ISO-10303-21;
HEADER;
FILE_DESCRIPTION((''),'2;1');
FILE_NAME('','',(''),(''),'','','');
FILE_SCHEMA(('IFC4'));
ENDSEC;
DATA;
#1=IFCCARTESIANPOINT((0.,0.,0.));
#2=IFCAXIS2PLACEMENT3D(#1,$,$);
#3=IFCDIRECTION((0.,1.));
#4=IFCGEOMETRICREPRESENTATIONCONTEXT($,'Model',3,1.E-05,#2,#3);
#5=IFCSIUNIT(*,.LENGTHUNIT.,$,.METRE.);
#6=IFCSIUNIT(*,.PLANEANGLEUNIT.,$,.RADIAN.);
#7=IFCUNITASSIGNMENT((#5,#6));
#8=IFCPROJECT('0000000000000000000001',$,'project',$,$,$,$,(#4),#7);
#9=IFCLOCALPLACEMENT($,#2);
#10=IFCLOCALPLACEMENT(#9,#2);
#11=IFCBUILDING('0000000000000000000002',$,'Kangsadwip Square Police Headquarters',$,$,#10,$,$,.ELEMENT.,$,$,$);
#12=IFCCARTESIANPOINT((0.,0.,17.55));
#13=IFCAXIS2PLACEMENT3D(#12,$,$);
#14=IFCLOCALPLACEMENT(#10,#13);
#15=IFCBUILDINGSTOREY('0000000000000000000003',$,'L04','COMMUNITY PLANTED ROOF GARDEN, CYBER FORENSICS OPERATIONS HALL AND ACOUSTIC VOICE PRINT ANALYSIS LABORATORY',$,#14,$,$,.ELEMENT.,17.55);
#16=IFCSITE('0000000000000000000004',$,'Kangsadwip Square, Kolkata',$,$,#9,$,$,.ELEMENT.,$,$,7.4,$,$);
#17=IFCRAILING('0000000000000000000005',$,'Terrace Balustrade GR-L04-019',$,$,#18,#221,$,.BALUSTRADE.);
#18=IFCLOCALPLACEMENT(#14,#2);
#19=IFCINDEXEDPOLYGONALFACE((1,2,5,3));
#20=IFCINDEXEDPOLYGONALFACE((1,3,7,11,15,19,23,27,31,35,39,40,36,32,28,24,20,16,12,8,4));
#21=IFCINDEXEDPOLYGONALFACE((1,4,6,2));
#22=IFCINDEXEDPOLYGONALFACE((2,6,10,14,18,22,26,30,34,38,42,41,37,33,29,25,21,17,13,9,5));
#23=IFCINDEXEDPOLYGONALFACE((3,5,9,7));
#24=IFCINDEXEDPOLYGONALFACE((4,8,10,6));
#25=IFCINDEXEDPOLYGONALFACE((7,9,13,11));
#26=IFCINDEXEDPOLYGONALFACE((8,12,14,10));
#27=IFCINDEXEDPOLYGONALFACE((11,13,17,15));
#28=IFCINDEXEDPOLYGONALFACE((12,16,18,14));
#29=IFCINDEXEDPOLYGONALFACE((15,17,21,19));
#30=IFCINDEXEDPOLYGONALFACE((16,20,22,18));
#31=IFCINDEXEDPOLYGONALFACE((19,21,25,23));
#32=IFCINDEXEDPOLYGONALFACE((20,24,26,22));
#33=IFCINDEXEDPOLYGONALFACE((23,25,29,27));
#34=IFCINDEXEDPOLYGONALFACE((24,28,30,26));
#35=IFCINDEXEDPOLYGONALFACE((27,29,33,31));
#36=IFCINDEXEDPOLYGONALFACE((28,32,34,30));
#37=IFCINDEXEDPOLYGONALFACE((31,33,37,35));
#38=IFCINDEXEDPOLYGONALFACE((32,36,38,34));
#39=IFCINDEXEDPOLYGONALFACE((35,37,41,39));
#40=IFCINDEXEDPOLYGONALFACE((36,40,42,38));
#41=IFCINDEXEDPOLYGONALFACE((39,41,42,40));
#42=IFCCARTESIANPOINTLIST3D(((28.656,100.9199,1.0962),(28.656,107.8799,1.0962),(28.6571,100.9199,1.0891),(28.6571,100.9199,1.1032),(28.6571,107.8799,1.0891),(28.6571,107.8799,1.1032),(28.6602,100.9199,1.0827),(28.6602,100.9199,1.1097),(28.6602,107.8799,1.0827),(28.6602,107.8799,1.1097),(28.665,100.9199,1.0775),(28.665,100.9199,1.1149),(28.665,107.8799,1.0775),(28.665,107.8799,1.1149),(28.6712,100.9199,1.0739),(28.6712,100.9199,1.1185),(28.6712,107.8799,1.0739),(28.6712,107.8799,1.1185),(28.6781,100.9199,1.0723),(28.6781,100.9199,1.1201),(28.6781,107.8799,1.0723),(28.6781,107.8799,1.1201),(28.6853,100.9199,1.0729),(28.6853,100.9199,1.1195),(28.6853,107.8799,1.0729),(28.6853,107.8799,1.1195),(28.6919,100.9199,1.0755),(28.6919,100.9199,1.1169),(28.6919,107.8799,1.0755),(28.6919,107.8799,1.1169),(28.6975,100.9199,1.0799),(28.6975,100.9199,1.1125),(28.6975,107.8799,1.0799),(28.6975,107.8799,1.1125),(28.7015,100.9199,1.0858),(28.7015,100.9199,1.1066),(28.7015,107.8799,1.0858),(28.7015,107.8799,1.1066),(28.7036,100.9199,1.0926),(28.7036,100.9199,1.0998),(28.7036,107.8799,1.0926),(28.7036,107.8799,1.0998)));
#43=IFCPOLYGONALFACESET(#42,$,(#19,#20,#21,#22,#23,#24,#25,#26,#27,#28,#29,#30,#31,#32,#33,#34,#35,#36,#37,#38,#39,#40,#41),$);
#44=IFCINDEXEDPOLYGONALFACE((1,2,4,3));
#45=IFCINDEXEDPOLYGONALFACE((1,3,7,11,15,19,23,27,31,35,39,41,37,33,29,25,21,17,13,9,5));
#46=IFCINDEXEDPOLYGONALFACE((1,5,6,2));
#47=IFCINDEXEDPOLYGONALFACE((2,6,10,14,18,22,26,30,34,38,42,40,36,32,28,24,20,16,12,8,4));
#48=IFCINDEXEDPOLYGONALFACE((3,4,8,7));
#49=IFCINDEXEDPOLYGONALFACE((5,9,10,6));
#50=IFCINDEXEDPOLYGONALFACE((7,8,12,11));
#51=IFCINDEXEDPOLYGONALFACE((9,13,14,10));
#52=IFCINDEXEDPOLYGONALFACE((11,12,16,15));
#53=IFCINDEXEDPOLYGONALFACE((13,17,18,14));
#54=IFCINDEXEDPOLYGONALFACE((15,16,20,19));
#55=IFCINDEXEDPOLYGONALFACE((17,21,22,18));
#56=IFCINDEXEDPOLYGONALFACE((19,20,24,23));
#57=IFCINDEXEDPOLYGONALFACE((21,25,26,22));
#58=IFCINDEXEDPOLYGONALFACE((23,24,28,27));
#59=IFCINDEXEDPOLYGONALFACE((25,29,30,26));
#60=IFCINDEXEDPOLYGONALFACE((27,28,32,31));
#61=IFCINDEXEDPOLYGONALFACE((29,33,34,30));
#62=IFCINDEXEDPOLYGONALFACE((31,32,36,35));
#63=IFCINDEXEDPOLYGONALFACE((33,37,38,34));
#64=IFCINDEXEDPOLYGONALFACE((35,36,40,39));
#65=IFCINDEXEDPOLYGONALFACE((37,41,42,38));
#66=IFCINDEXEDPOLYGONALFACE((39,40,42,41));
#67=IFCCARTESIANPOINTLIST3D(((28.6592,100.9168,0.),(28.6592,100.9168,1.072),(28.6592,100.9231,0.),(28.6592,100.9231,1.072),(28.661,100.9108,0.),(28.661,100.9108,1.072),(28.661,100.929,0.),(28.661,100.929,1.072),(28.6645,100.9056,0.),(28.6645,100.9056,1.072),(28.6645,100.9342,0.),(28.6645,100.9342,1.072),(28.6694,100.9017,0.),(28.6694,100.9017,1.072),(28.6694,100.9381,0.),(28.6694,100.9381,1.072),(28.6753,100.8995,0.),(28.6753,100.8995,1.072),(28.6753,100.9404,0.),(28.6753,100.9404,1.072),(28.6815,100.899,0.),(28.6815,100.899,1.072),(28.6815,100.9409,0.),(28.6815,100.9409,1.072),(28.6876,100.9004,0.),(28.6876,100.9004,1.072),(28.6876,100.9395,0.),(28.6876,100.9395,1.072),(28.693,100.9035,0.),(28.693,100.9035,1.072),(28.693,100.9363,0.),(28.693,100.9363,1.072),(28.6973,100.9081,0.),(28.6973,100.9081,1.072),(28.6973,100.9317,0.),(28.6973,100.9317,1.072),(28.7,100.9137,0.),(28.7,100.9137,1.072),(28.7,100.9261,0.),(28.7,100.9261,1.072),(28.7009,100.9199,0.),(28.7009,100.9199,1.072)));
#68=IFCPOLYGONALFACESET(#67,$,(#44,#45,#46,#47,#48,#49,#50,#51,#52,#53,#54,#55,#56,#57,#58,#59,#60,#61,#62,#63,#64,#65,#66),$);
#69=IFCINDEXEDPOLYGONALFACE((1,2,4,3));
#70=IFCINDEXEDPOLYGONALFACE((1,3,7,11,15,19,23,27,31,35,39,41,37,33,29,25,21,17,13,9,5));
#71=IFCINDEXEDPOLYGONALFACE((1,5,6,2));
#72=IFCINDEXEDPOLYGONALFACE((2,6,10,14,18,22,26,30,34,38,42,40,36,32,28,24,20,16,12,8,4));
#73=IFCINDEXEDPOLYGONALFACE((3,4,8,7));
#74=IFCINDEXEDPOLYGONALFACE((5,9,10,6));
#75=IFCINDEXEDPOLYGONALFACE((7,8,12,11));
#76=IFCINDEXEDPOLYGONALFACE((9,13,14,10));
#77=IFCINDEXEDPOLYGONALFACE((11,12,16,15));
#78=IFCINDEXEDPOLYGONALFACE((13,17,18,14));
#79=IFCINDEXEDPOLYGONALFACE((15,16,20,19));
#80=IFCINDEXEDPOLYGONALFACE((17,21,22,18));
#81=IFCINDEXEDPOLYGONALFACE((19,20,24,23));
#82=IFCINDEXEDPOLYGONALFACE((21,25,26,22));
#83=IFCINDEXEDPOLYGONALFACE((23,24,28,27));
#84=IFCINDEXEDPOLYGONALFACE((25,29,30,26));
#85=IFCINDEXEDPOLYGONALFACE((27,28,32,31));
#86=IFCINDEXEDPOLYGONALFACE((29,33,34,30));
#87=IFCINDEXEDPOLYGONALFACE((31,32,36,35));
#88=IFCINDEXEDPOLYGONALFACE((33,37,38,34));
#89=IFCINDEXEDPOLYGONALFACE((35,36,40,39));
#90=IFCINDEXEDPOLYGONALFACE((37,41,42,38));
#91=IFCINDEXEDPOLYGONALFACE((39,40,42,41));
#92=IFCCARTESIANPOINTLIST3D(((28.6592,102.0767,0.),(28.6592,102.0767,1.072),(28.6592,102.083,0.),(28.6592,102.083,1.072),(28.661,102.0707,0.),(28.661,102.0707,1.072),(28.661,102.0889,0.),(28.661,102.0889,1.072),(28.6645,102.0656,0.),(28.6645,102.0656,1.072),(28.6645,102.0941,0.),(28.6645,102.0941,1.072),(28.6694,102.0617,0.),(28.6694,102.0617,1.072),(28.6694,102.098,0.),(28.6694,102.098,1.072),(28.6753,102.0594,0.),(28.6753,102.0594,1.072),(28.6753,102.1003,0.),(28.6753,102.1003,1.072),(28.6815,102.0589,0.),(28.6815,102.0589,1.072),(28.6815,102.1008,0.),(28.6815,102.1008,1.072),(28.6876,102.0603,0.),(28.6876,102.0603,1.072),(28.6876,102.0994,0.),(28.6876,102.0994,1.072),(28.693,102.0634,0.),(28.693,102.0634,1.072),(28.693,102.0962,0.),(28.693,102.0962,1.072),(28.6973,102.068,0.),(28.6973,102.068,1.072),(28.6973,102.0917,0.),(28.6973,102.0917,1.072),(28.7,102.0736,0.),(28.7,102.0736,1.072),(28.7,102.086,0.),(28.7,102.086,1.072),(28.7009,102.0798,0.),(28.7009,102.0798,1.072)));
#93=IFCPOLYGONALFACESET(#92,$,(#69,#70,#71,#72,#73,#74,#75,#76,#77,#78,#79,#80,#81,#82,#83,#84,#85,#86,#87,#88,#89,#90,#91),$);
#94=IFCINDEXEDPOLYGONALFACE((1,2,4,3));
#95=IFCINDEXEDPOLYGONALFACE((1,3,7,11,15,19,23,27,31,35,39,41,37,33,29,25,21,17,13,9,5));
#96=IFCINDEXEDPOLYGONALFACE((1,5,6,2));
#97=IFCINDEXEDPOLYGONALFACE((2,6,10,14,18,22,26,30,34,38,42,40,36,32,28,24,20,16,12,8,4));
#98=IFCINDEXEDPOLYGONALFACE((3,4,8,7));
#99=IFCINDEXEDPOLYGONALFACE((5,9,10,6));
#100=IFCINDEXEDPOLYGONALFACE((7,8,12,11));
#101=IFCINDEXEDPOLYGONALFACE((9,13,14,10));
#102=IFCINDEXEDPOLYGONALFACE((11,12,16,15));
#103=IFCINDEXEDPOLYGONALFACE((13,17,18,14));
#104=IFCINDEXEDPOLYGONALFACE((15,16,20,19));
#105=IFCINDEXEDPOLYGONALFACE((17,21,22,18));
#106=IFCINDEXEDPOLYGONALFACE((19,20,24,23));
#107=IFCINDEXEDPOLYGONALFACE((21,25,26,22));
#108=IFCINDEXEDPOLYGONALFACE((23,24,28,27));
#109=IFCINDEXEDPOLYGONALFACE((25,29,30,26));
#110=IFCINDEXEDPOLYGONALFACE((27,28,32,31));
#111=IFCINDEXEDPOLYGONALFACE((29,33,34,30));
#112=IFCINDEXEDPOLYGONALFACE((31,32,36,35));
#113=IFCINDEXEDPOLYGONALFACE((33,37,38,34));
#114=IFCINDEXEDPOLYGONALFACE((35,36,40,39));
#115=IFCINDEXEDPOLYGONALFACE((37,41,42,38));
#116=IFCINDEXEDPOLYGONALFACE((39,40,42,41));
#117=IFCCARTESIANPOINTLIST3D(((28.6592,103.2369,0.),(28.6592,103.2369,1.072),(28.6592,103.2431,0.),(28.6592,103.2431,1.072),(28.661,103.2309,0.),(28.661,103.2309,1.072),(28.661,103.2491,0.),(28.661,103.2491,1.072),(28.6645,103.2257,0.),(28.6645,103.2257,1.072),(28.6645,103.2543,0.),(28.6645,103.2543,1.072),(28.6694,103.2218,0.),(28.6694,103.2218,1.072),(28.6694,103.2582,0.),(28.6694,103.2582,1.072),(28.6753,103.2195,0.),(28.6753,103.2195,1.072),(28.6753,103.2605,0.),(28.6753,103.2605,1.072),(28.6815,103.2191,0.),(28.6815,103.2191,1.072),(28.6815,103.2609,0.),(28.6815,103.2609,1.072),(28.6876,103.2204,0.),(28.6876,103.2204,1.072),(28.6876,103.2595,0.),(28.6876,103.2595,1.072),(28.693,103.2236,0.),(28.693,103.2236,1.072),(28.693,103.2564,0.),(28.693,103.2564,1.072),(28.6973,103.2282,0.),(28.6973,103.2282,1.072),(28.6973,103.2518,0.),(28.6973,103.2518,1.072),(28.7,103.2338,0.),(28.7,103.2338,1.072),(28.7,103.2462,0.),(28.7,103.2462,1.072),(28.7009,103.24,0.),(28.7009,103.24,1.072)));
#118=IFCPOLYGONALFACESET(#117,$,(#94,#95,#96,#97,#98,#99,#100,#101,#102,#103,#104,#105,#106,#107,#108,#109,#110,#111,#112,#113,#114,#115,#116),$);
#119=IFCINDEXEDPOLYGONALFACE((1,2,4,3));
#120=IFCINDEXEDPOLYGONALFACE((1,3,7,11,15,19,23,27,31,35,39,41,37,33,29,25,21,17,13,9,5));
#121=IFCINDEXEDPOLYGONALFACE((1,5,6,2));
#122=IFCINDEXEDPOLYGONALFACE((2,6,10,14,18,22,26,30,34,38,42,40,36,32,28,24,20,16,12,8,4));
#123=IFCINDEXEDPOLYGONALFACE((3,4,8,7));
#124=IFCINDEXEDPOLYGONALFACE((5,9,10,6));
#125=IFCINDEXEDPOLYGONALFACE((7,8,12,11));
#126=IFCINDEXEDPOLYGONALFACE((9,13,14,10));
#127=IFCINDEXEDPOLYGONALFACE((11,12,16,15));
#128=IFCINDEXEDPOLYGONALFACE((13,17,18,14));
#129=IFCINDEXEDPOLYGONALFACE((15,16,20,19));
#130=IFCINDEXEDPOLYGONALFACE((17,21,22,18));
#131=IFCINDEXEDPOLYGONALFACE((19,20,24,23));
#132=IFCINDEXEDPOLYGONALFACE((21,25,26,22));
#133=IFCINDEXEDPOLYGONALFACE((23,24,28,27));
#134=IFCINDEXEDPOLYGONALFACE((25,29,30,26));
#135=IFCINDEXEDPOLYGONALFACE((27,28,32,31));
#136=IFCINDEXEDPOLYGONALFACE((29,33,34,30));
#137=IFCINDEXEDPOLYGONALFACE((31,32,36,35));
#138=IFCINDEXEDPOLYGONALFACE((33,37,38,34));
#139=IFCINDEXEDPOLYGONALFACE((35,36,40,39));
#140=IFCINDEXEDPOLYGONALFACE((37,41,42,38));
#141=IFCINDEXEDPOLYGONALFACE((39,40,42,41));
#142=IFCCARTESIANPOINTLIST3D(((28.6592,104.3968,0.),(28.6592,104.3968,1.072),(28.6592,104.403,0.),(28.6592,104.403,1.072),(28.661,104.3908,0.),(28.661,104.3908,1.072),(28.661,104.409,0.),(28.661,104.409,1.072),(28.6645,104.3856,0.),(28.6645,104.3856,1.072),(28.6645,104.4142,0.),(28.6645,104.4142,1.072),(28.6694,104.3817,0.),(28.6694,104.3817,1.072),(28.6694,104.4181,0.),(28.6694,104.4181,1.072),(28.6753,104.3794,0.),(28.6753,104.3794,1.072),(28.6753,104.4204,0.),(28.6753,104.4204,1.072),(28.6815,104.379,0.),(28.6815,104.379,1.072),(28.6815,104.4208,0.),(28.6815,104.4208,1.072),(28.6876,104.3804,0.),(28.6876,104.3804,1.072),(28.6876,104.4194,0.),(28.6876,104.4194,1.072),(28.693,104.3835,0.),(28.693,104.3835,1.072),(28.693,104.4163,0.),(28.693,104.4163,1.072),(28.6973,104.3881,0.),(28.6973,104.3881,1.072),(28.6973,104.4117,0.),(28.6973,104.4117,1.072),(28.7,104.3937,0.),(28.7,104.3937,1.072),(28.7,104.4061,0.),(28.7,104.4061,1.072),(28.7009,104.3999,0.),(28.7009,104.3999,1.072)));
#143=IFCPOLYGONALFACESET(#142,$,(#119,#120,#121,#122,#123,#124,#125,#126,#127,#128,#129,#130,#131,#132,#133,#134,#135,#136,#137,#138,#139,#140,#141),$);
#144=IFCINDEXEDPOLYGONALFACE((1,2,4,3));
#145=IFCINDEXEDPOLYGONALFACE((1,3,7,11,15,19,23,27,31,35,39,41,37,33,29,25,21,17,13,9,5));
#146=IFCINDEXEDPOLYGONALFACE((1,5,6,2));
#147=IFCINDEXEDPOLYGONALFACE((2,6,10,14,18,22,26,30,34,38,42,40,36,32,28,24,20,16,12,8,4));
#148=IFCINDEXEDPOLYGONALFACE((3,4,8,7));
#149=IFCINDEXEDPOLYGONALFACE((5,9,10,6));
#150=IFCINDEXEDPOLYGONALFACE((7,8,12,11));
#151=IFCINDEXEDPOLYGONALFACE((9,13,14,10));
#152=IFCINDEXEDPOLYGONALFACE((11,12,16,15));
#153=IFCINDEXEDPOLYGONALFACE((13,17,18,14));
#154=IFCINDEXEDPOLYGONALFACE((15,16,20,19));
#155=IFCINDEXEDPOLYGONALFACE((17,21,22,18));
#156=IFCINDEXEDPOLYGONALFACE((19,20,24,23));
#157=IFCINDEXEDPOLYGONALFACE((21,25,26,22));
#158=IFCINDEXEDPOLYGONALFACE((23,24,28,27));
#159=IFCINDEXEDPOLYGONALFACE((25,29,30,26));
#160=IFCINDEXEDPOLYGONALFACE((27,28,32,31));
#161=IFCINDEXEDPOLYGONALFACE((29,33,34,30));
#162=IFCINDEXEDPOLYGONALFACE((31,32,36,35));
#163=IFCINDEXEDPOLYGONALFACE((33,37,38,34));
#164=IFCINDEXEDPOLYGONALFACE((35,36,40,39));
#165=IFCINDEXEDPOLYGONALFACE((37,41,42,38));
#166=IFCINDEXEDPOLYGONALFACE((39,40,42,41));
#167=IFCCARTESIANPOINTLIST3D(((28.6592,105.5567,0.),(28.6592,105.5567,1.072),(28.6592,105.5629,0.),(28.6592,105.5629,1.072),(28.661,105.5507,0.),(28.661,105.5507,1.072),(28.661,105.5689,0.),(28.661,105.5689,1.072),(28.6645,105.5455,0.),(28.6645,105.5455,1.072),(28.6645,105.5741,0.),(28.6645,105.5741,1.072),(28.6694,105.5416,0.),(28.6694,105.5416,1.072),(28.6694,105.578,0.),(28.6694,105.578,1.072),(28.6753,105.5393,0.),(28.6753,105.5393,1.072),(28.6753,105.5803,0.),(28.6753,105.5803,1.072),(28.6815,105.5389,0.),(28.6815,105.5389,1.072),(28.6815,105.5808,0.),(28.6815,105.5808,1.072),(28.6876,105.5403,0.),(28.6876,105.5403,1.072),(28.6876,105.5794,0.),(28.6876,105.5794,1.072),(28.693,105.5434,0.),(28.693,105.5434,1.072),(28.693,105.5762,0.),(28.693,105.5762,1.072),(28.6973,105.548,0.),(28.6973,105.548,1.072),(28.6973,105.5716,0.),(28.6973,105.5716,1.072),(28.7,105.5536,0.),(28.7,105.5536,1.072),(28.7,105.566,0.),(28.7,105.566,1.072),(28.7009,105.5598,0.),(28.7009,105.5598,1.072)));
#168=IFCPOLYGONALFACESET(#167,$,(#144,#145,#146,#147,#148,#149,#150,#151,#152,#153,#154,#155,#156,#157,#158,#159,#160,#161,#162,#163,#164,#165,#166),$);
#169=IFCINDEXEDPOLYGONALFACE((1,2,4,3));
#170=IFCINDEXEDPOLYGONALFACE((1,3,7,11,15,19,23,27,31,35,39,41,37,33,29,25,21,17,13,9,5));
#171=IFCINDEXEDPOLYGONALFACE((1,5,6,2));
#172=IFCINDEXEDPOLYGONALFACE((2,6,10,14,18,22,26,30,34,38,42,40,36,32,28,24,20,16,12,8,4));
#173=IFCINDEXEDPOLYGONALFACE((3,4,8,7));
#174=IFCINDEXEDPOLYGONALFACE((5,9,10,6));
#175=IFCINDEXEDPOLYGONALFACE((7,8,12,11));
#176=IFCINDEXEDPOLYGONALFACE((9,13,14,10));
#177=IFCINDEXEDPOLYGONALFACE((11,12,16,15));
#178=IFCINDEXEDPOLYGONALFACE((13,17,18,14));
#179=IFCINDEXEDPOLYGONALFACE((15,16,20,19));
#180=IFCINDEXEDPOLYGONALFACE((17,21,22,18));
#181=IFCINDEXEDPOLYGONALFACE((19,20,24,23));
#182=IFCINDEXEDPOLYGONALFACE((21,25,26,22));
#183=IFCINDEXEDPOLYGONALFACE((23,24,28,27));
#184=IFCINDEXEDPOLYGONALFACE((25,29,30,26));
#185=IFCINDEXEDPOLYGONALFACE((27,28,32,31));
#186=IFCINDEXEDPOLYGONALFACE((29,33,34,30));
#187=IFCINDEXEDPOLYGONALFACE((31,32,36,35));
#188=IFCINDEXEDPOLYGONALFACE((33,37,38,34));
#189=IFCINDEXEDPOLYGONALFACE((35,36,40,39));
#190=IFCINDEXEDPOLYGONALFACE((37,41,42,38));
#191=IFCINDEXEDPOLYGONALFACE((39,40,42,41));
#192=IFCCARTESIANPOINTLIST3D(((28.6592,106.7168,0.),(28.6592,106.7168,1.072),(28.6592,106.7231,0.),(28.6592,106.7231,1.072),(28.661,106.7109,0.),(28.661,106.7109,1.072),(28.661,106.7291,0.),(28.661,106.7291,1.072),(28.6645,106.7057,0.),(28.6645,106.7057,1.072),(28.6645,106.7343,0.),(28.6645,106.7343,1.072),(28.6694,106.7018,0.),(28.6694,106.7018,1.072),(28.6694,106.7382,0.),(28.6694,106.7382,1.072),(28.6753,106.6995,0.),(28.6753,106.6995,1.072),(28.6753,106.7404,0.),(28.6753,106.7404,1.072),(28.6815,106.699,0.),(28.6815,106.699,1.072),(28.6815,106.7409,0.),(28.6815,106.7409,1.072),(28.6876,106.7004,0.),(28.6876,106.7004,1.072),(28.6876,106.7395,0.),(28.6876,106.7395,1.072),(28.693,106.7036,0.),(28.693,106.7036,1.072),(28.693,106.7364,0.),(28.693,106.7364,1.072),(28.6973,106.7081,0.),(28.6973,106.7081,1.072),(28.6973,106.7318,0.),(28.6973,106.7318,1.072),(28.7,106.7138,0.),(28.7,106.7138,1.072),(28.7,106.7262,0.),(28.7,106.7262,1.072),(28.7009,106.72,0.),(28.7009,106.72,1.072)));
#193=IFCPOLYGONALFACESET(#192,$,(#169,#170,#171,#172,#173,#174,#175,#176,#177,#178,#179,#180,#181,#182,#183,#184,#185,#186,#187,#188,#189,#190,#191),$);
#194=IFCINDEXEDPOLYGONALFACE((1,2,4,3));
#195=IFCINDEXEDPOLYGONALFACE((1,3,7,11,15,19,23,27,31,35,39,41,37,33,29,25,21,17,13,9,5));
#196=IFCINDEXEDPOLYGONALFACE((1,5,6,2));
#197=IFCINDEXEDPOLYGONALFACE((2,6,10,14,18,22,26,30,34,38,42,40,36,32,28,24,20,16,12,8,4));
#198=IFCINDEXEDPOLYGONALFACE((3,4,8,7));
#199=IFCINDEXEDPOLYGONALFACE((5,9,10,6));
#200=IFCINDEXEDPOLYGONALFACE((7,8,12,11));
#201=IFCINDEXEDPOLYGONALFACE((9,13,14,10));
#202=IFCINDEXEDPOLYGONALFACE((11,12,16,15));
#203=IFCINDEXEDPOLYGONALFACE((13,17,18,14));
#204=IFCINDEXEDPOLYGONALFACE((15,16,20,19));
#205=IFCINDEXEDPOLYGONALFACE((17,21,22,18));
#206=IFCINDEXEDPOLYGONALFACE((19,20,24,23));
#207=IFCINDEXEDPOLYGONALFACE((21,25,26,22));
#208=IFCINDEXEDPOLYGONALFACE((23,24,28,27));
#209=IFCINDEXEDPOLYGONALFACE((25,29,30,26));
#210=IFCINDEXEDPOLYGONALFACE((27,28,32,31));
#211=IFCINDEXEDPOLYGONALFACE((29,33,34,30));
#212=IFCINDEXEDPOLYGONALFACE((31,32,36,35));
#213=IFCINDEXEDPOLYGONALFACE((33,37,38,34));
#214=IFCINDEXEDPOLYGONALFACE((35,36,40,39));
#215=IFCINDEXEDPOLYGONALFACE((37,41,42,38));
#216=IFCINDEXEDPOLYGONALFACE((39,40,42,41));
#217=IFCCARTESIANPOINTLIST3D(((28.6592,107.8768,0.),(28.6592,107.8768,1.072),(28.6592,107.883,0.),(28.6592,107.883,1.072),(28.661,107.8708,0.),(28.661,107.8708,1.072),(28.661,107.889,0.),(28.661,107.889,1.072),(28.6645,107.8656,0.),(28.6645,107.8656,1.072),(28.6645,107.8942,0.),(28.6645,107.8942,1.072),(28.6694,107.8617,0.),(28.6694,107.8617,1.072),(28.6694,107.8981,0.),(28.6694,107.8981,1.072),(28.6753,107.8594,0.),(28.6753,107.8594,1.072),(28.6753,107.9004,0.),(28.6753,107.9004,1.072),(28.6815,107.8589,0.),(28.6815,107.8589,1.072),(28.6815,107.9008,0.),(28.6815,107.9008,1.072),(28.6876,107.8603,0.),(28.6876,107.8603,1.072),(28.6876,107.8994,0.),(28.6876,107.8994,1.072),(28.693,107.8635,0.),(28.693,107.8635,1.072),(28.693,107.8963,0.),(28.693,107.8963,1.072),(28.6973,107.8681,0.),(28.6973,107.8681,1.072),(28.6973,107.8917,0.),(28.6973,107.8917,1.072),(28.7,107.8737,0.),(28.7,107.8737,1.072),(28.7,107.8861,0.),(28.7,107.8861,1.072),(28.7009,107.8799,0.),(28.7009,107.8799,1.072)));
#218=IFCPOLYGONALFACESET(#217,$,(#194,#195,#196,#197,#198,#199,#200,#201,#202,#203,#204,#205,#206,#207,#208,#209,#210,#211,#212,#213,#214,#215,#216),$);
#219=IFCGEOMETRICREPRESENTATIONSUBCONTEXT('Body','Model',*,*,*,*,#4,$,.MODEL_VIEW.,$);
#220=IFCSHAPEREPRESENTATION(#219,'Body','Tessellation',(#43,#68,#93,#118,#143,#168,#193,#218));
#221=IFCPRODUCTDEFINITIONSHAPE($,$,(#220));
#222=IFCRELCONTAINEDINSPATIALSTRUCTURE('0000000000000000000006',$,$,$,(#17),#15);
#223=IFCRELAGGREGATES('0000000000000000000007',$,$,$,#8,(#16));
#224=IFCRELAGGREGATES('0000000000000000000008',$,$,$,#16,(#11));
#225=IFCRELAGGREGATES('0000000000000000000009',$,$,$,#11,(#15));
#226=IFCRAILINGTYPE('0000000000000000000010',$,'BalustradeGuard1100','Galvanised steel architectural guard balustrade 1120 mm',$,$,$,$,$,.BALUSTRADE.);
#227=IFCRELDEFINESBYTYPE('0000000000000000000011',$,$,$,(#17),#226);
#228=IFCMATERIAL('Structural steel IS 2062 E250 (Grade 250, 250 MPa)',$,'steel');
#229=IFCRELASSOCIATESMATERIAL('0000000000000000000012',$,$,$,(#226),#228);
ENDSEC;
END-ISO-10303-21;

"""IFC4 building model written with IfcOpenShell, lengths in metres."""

from ifc_helpers import new_model, si_unit, direction, frame, origin, origin_2d, place, context, subcontext, project, spatial, circle, extrude, material, type_object, element, save


model = new_model("IFC4")

# Units and contexts
model_context = context("Model", 3, precision=1e-05, world=origin(), true_north=direction((0.0, 1.0)))
body_context = subcontext(model_context, "Body", "Model", "MODEL_VIEW")
ifc_project = project(units=[si_unit("LENGTHUNIT", "METRE"), si_unit("PLANEANGLEUNIT", "RADIAN")], contexts=[model_context])

# Site, building, storey
site_placement = place(None, origin())
site = spatial("IfcSite", under=ifc_project, at=site_placement, Name="Kangsadwip Square, Kolkata", CompositionType="ELEMENT", RefElevation=7.4)
building_placement = place(site_placement, origin())
building = spatial("IfcBuilding", under=site, at=building_placement, Name="Kangsadwip Square Police Headquarters", CompositionType="ELEMENT")
storey_placement = place(building_placement, frame((0.0, 0.0, 17.55)))
storey = spatial("IfcBuildingStorey", under=building, at=storey_placement, Name="L04", Description="COMMUNITY PLANTED ROOF GARDEN, CYBER FORENSICS OPERATIONS HALL AND ACOUSTIC VOICE PRINT ANALYSIS LABORATORY", CompositionType="ELEMENT", Elevation=17.55)

# Railing
ifc_material_1 = material(Name="Structural steel IS 2062 E250 (Grade 250, 250 MPa)", Category="steel")
railing_type = type_object("IfcRailingType", Name="BalustradeGuard1100", Description="Galvanised steel architectural guard balustrade 1120 mm", PredefinedType="BALUSTRADE", material=ifc_material_1)
for number, where, name in (
    (1, (28.6799, 100.9199, 0.0), "Terrace Balustrade GR-L04-019"),
):
    element("IfcRailing", number, at=place(storey_placement, frame(where)), inside=storey, type_object=railing_type, Name=name, PredefinedType="BALUSTRADE", context=body_context, shape_type="SweptSolid", body=[
        extrude(circle(Radius=0.0239, at=origin_2d()), frame((0.0, 0.0, 1.0962), z_axis=(0.0, 1.0, 0.0), x_axis=(-1.0, 0.0, 0.0)), (0.0, 0.0, 1.0), 6.96),
        extrude(circle(Radius=0.021, at=origin_2d()), origin(), (0.0, 0.0, 1.0), 1.072),
        extrude(circle(Radius=0.021, at=origin_2d()), frame((0.0, 1.1599, 0.0)), (0.0, 0.0, 1.0), 1.072),
        extrude(circle(Radius=0.021, at=origin_2d()), frame((0.0, 2.3201, 0.0)), (0.0, 0.0, 1.0), 1.072),
        extrude(circle(Radius=0.021, at=origin_2d()), frame((0.0, 3.48, 0.0)), (0.0, 0.0, 1.0), 1.072),
        extrude(circle(Radius=0.021, at=origin_2d()), frame((0.0, 4.6399, 0.0)), (0.0, 0.0, 1.0), 1.072),
        extrude(circle(Radius=0.021, at=origin_2d()), frame((0.0, 5.8, 0.0)), (0.0, 0.0, 1.0), 1.072),
        extrude(circle(Radius=0.021, at=origin_2d()), frame((0.0, 6.96, 0.0)), (0.0, 0.0, 1.0), 1.072),
    ])

save(model, "model.ifc")
